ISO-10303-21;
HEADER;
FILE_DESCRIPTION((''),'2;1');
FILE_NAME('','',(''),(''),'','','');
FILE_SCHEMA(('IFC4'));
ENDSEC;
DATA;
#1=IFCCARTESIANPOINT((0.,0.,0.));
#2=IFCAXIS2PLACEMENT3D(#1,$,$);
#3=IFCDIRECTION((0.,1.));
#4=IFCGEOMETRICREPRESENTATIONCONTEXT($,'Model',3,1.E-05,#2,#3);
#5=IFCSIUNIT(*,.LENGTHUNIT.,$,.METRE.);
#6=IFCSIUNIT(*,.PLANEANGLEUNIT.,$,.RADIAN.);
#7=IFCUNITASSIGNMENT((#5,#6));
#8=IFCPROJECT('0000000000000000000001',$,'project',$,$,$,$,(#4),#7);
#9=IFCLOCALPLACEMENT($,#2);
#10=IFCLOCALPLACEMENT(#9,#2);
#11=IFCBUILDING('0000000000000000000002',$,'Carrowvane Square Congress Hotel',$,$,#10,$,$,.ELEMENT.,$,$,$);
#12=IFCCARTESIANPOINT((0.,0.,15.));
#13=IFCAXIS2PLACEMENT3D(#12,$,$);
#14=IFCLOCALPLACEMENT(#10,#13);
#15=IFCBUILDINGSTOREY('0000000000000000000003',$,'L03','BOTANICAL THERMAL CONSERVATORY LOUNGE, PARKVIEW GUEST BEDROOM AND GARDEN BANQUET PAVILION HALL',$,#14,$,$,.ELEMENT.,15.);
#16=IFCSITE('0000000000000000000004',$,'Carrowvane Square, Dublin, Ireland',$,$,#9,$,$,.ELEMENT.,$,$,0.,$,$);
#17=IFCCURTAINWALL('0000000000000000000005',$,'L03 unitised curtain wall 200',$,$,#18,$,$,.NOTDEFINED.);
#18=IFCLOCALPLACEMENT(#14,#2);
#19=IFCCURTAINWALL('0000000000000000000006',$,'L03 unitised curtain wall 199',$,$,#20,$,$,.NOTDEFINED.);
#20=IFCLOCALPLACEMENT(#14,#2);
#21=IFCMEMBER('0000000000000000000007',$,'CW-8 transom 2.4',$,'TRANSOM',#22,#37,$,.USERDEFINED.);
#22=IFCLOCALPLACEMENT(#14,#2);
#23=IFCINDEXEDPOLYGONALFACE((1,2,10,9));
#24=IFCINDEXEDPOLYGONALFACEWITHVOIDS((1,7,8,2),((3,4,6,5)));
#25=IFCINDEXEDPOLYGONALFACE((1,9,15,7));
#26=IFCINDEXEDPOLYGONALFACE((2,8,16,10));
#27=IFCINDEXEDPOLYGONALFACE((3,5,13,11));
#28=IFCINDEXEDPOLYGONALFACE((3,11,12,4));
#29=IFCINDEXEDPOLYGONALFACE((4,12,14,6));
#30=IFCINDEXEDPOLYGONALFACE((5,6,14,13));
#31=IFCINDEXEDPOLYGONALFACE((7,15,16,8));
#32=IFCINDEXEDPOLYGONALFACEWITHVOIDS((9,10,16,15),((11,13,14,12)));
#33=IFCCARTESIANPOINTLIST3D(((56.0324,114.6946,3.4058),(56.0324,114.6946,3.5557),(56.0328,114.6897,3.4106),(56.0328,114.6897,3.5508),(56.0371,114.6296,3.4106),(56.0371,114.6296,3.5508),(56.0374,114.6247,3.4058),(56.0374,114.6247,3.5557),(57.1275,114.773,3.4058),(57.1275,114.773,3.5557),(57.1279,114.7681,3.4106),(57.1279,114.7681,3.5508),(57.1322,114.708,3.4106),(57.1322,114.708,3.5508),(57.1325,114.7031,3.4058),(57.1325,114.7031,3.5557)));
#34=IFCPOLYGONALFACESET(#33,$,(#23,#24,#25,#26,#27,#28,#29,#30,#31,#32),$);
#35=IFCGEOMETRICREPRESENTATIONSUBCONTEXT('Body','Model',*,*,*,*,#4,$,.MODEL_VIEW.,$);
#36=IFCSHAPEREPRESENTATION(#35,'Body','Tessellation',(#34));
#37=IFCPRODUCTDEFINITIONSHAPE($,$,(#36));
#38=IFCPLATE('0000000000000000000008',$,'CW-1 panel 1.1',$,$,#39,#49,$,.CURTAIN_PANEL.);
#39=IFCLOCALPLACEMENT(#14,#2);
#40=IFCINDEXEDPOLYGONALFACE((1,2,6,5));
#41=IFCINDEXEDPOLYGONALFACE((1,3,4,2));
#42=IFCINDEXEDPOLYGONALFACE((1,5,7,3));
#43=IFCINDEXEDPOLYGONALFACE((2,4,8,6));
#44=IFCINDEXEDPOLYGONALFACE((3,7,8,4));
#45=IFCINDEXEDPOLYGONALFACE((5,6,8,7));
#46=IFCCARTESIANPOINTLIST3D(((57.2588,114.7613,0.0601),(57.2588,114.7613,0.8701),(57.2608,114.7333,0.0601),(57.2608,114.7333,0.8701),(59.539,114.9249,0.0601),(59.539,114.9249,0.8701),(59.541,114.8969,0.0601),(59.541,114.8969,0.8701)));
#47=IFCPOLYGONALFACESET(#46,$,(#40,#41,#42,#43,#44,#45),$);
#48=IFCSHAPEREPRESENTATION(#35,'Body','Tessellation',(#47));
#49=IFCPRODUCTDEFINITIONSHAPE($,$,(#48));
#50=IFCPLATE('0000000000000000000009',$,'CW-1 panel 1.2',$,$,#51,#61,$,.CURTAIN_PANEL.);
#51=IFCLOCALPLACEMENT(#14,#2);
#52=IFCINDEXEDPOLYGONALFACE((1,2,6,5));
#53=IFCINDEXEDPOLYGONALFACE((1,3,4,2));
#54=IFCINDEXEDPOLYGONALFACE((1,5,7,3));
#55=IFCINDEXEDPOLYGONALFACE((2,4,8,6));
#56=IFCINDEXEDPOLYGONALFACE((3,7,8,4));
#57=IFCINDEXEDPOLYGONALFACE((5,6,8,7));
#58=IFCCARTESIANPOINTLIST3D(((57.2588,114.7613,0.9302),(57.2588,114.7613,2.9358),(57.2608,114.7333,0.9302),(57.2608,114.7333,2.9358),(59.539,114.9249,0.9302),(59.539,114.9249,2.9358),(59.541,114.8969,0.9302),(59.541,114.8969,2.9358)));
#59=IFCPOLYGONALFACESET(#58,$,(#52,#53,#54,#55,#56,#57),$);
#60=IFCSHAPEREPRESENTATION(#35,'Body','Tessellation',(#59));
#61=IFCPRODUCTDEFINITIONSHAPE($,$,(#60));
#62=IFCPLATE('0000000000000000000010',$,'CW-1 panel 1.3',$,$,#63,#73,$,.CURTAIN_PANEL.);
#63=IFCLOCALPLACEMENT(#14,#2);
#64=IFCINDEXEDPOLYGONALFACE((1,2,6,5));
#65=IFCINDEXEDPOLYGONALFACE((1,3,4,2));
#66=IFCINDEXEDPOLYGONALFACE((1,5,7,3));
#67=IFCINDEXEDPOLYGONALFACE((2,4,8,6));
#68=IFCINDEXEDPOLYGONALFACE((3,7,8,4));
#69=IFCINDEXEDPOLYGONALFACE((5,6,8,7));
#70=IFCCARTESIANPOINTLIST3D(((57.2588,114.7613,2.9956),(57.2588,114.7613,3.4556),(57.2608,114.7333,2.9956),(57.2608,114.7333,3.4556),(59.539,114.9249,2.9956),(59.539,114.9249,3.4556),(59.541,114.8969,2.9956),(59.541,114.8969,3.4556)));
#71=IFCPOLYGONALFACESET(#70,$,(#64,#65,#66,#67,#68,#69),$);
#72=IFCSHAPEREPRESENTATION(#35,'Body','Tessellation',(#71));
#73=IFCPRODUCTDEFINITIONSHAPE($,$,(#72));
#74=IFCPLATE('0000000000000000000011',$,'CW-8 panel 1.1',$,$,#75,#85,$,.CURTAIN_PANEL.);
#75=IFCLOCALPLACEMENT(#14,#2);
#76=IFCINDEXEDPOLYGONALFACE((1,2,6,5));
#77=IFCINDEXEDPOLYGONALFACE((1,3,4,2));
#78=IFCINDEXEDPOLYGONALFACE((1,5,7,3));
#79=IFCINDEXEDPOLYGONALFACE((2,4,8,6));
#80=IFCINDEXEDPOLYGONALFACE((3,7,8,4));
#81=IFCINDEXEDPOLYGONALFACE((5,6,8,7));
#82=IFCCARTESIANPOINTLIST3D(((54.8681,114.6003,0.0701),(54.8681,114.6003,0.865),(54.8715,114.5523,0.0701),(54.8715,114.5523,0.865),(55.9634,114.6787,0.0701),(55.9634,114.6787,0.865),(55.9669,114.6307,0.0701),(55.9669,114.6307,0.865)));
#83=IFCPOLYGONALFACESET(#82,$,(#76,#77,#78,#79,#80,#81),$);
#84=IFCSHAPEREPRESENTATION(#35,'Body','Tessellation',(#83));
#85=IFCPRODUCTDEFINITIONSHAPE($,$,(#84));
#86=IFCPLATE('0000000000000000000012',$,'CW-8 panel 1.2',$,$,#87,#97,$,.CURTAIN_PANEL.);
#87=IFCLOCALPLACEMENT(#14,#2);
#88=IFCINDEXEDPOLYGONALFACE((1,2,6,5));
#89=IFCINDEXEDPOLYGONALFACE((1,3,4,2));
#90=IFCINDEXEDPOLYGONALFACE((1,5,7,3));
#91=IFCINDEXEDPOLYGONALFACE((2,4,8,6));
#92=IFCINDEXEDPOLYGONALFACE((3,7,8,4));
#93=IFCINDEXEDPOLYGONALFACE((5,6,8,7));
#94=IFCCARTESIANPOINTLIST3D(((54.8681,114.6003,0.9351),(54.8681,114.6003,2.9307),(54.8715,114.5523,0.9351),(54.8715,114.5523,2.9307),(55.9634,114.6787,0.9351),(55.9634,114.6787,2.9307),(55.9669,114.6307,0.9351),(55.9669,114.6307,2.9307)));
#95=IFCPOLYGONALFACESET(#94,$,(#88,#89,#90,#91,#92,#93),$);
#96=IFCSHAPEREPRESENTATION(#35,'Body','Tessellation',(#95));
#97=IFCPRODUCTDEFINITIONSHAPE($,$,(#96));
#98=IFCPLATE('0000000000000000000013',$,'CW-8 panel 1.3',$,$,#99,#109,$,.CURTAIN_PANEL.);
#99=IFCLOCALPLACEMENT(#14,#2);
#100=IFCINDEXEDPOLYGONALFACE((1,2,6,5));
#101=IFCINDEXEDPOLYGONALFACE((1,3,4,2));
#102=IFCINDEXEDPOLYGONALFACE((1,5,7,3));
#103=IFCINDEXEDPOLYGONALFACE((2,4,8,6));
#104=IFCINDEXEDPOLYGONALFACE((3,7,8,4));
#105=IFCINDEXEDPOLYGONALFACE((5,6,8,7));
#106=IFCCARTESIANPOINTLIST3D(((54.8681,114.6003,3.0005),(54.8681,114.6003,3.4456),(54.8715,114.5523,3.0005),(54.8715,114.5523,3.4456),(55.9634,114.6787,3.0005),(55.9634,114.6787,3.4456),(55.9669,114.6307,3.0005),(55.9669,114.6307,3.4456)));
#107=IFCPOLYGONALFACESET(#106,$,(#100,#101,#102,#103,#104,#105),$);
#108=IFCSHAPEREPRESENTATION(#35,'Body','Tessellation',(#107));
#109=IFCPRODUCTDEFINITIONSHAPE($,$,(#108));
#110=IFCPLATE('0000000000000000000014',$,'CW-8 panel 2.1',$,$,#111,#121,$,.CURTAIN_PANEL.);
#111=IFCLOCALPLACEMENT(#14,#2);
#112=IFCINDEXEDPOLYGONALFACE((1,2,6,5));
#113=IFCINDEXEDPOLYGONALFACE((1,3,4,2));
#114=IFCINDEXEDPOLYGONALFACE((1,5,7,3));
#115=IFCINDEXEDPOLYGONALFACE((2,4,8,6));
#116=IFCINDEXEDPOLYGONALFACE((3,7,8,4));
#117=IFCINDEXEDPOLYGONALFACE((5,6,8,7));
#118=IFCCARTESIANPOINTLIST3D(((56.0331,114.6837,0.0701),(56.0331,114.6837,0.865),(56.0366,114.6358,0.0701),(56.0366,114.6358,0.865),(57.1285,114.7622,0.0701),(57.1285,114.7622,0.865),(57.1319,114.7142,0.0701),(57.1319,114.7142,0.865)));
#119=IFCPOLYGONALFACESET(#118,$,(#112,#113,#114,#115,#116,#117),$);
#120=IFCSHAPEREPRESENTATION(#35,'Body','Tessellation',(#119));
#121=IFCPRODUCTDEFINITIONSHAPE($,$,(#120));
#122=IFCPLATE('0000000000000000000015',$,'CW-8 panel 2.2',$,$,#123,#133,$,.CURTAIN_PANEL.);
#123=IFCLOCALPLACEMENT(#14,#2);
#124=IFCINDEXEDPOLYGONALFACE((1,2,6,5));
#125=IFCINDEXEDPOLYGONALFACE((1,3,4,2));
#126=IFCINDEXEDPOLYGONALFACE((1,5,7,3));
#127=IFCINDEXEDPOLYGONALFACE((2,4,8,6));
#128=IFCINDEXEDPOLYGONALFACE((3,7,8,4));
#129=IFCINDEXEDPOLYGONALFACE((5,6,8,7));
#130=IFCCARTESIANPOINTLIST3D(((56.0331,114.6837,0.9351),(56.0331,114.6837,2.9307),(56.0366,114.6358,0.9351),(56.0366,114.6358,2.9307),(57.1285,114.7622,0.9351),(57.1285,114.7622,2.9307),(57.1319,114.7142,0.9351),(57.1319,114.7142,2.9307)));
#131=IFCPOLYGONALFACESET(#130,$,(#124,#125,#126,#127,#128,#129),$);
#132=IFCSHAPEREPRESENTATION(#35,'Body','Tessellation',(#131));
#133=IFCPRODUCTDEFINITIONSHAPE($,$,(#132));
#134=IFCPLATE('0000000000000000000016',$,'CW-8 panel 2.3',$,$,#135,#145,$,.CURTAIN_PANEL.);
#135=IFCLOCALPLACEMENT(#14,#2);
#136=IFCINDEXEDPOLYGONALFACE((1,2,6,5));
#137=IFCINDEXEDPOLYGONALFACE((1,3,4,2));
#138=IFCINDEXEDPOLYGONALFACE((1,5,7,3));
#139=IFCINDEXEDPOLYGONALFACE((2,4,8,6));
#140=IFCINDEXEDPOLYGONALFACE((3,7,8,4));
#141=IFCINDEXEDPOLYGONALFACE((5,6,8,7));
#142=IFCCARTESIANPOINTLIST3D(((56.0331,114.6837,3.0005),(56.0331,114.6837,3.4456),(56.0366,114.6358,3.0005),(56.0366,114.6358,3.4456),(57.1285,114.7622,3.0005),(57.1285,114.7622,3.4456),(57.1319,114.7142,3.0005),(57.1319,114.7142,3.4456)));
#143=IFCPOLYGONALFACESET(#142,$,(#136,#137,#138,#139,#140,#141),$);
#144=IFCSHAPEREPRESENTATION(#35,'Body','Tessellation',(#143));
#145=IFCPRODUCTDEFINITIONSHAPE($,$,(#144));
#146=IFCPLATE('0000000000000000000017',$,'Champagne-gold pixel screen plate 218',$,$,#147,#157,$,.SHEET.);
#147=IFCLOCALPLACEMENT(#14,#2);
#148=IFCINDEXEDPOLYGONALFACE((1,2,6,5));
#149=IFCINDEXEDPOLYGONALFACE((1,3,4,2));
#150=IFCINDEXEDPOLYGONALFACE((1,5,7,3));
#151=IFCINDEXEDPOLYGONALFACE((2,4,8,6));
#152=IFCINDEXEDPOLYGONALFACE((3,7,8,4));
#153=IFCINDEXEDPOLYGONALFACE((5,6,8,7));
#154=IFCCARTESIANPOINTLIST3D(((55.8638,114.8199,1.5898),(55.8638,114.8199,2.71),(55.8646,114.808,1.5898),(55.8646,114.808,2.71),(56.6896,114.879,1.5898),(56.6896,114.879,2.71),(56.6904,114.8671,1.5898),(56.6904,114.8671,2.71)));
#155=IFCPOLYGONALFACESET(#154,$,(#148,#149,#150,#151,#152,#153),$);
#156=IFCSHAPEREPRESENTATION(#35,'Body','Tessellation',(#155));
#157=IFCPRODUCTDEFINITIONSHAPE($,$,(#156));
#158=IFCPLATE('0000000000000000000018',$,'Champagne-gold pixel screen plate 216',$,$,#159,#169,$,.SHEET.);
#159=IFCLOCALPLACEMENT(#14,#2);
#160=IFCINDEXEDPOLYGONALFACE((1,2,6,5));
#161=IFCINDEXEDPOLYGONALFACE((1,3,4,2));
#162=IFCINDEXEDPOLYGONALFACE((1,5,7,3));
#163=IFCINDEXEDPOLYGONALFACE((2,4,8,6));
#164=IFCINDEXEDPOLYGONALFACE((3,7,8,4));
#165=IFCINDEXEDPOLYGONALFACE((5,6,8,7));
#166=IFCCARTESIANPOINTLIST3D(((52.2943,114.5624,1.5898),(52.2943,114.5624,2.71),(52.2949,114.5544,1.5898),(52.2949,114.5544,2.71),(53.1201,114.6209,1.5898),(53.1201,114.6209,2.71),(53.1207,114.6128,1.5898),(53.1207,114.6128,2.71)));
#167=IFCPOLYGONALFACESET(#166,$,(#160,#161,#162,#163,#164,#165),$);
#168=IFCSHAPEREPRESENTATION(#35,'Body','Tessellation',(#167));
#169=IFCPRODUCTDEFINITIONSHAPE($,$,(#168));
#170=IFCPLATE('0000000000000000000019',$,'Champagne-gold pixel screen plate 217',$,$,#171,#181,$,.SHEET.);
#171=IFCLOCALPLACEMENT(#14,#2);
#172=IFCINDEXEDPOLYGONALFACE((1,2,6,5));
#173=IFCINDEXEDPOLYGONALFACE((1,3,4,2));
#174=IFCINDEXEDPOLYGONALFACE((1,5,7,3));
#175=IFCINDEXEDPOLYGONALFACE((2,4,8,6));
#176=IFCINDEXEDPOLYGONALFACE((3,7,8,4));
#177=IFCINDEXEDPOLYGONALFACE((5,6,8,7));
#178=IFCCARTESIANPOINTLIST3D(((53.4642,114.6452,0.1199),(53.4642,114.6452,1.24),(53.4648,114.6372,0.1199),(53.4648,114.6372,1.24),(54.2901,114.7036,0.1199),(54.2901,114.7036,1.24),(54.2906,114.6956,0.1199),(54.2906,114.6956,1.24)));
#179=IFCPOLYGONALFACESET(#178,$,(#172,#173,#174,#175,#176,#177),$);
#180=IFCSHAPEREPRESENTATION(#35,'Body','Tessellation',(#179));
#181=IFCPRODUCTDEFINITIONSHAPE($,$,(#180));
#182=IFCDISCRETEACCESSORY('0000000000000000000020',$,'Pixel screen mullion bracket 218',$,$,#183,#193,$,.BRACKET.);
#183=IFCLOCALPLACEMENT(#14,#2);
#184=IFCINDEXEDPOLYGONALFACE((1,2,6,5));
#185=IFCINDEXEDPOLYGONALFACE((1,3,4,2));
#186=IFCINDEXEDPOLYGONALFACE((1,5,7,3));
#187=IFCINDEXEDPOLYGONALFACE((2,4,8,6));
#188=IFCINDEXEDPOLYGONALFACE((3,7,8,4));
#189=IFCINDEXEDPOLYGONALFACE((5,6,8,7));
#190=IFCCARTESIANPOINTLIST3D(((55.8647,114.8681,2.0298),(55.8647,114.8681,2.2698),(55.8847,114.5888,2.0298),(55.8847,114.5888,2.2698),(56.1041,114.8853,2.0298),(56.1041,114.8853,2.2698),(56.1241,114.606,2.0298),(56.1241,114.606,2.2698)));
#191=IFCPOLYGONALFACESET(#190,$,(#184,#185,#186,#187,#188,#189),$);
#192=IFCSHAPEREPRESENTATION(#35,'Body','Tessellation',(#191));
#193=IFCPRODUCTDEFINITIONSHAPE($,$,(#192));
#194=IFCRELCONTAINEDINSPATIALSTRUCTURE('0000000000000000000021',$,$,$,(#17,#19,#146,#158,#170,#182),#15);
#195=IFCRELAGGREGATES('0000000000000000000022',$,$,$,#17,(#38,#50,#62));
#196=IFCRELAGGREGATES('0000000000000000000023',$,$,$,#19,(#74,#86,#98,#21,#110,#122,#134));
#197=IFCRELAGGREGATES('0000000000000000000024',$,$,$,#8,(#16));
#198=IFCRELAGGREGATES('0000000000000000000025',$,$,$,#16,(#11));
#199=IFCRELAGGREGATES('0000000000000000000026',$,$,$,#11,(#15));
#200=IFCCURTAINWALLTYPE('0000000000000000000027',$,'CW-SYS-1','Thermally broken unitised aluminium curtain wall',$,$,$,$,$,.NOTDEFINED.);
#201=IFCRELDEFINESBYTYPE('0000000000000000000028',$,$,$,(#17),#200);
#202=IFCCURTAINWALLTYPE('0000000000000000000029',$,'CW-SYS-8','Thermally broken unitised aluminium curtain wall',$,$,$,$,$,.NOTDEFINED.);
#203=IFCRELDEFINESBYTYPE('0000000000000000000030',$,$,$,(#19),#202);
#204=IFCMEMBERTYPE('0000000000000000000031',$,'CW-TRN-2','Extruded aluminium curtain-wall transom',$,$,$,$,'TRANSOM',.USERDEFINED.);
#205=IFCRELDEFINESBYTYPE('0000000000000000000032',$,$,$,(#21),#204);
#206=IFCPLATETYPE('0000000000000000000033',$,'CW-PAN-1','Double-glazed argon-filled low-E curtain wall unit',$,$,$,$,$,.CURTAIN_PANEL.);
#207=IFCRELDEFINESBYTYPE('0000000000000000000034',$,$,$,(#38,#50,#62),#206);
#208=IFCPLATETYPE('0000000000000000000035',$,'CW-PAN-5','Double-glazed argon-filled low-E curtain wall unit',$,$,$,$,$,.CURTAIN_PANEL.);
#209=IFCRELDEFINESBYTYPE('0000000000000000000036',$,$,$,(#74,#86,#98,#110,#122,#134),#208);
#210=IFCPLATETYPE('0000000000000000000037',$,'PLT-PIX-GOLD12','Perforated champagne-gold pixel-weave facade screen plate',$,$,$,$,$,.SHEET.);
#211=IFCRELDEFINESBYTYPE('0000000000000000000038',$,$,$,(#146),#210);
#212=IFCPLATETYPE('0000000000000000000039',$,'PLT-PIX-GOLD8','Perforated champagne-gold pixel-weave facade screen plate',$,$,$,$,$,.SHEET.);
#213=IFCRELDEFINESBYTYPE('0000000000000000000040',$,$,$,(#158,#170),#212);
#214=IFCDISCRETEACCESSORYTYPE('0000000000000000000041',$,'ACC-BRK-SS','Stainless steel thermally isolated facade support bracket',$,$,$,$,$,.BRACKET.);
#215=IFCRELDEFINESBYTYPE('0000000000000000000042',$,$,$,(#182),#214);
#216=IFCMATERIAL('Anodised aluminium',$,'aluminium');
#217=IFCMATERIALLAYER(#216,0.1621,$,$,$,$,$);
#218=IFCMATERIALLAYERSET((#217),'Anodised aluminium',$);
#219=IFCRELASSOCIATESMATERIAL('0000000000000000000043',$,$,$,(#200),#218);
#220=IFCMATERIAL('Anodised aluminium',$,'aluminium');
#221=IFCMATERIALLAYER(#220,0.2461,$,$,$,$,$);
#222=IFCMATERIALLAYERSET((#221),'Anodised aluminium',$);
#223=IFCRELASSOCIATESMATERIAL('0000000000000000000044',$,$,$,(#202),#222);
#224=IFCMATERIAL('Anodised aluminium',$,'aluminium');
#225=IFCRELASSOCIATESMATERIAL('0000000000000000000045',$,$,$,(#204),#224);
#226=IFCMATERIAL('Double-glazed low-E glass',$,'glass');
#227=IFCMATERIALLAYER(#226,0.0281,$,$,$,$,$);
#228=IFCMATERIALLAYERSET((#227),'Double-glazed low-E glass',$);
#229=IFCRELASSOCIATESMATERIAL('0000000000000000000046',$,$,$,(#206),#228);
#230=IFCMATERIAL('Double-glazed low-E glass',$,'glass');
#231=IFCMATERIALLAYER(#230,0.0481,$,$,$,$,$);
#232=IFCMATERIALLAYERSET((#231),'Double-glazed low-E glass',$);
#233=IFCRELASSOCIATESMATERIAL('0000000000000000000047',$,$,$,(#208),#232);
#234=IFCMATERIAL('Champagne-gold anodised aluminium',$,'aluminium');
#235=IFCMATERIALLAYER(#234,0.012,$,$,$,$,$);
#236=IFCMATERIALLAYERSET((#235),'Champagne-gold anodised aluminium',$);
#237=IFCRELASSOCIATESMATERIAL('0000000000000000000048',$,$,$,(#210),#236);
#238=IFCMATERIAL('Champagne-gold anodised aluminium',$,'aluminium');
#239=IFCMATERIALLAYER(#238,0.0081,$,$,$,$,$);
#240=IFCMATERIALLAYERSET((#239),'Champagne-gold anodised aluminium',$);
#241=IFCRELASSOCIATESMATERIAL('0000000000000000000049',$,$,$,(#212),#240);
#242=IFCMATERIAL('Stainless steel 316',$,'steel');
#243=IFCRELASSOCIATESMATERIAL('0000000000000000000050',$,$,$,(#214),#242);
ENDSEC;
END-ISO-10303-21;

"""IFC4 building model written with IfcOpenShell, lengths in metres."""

from ifc_helpers import new_model, si_unit, direction, frame, origin, origin_2d, place, context, subcontext, project, spatial, rectangle, hollow_rectangle, extrude, material, layer, layer_set, material_profile, profile_set, type_object, element, aggregate, save


model = new_model("IFC4")

# Units and contexts
model_context = context("Model", 3, precision=1e-05, world=origin(), true_north=direction((0.0, 1.0)))
body_context = subcontext(model_context, "Body", "Model", "MODEL_VIEW")
ifc_project = project(units=[si_unit("LENGTHUNIT", "METRE"), si_unit("PLANEANGLEUNIT", "RADIAN")], contexts=[model_context])

# Site, building, storey
site_placement = place(None, origin())
site = spatial("IfcSite", under=ifc_project, at=site_placement, Name="Carrowvane Square, Dublin, Ireland", CompositionType="ELEMENT", RefElevation=0.0)
building_placement = place(site_placement, origin())
building = spatial("IfcBuilding", under=site, at=building_placement, Name="Carrowvane Square Congress Hotel", CompositionType="ELEMENT")
storey_placement = place(building_placement, frame((0.0, 0.0, 15.0)))
storey = spatial("IfcBuildingStorey", under=building, at=storey_placement, Name="L03", Description="BOTANICAL THERMAL CONSERVATORY LOUNGE, PARKVIEW GUEST BEDROOM AND GARDEN BANQUET PAVILION HALL", CompositionType="ELEMENT", Elevation=15.0)

# Curtain wall
ifc_material_1 = material(Name="Anodised aluminium", Category="aluminium")
ifc_layer_1 = layer(ifc_material_1, 0.1621)
ifc_layer_set_1 = layer_set([ifc_layer_1], Name="Anodised aluminium")
curtain_wall_type_1 = type_object("IfcCurtainWallType", Name="CW-SYS-1", Description="Thermally broken unitised aluminium curtain wall", PredefinedType="NOTDEFINED", material=ifc_layer_set_1)
curtain_wall_1_placement = place(storey_placement, origin())
curtain_wall_1 = element("IfcCurtainWall", 1, at=curtain_wall_1_placement, inside=storey, type_object=curtain_wall_type_1, Name="L03 unitised curtain wall 200", PredefinedType="NOTDEFINED")

# Curtain wall
ifc_material_2 = material(Name="Anodised aluminium", Category="aluminium")
ifc_layer_2 = layer(ifc_material_2, 0.2461)
ifc_layer_set_2 = layer_set([ifc_layer_2], Name="Anodised aluminium")
curtain_wall_type_2 = type_object("IfcCurtainWallType", Name="CW-SYS-8", Description="Thermally broken unitised aluminium curtain wall", PredefinedType="NOTDEFINED", material=ifc_layer_set_2)
curtain_wall_2_placement = place(storey_placement, origin())
curtain_wall_2 = element("IfcCurtainWall", 2, at=curtain_wall_2_placement, inside=storey, type_object=curtain_wall_type_2, Name="L03 unitised curtain wall 199", PredefinedType="NOTDEFINED")

# Member
ifc_material_3 = material(Name="Anodised aluminium", Category="aluminium")
ifc_material_profile_1 = material_profile(ifc_material_3, hollow_rectangle(XDim=0.0701, YDim=0.1499, WallThickness=0.0049, at=origin_2d()), Name="CW-TR 70x150x5")
ifc_profile_set_1 = profile_set([ifc_material_profile_1], Name="Anodised aluminium")
member_type_1 = type_object("IfcMemberType", Name="CW-TRN-2", Description="Extruded aluminium curtain-wall transom", ElementType="TRANSOM", PredefinedType="USERDEFINED", material=ifc_profile_set_1)
member_1_placement = place(storey_placement, frame((56.0349, 114.6597, 3.4807), z_axis=(0.99745, 0.071373, 0.0), x_axis=(-0.071373, 0.99745, 0.0)))
member_1 = element("IfcMember", 3, at=member_1_placement, type_object=member_type_1, Name="CW-8 transom 2.4", ObjectType="TRANSOM", PredefinedType="USERDEFINED", context=body_context, shape_type="SweptSolid", body=[
    extrude(hollow_rectangle(XDim=0.0701, YDim=0.1499, WallThickness=0.0049, at=origin_2d()), origin(), (0.0, 0.0, 1.0), 1.0979),
])

# Plates
ifc_material_4 = material(Name="Double-glazed low-E glass", Category="glass")
ifc_layer_3 = layer(ifc_material_4, 0.0281)
ifc_layer_set_3 = layer_set([ifc_layer_3], Name="Double-glazed low-E glass")
plate_type_1 = type_object("IfcPlateType", Name="CW-PAN-1", Description="Double-glazed argon-filled low-E curtain wall unit", PredefinedType="CURTAIN_PANEL", material=ifc_layer_set_3)
plate_1_placement = place(storey_placement, frame((58.3999, 114.8291, 0.0601), z_axis=(0.0, 0.0, 1.0), x_axis=(0.997438, 0.071532, 0.0)))
plate_1 = element("IfcPlate", 4, at=plate_1_placement, type_object=plate_type_1, Name="CW-1 panel 1.1", PredefinedType="CURTAIN_PANEL", context=body_context, shape_type="SweptSolid", body=[
    extrude(rectangle(XDim=2.2861, YDim=0.0281, at=origin_2d()), origin(), (0.0, 0.0, 1.0), 0.8101),
])
plate_2_placement = place(storey_placement, frame((58.3999, 114.8291, 0.9302), z_axis=(0.0, 0.0, 1.0), x_axis=(0.997438, 0.071532, 0.0)))
plate_2 = element("IfcPlate", 5, at=plate_2_placement, type_object=plate_type_1, Name="CW-1 panel 1.2", PredefinedType="CURTAIN_PANEL", context=body_context, shape_type="SweptSolid", body=[
    extrude(rectangle(XDim=2.2861, YDim=0.0281, at=origin_2d()), origin(), (0.0, 0.0, 1.0), 2.0056),
])
plate_3_placement = place(storey_placement, frame((58.3999, 114.8291, 2.9956), z_axis=(0.0, 0.0, 1.0), x_axis=(0.997438, 0.071532, 0.0)))
plate_3 = element("IfcPlate", 6, at=plate_3_placement, type_object=plate_type_1, Name="CW-1 panel 1.3", PredefinedType="CURTAIN_PANEL", context=body_context, shape_type="SweptSolid", body=[
    extrude(rectangle(XDim=2.2861, YDim=0.0281, at=origin_2d()), origin(), (0.0, 0.0, 1.0), 0.46),
])
aggregate(curtain_wall_1, [plate_1, plate_2, plate_3])
ifc_material_5 = material(Name="Double-glazed low-E glass", Category="glass")
ifc_layer_4 = layer(ifc_material_5, 0.0481)
ifc_layer_set_4 = layer_set([ifc_layer_4], Name="Double-glazed low-E glass")
plate_type_2 = type_object("IfcPlateType", Name="CW-PAN-5", Description="Double-glazed argon-filled low-E curtain wall unit", PredefinedType="CURTAIN_PANEL", material=ifc_layer_set_4)
plate_4_placement = place(storey_placement, frame((55.4175, 114.6155, 0.0701), z_axis=(0.0, 0.0, 1.0), x_axis=(0.997446, 0.071418, 0.0)))
plate_4 = element("IfcPlate", 7, at=plate_4_placement, type_object=plate_type_2, Name="CW-8 panel 1.1", PredefinedType="CURTAIN_PANEL", context=body_context, shape_type="SweptSolid", body=[
    extrude(rectangle(XDim=1.0981, YDim=0.0481, at=origin_2d()), origin(), (0.0, 0.0, 1.0), 0.7949),
])
plate_5_placement = place(storey_placement, frame((55.4175, 114.6155, 0.9351), z_axis=(0.0, 0.0, 1.0), x_axis=(0.997446, 0.071418, 0.0)))
plate_5 = element("IfcPlate", 8, at=plate_5_placement, type_object=plate_type_2, Name="CW-8 panel 1.2", PredefinedType="CURTAIN_PANEL", context=body_context, shape_type="SweptSolid", body=[
    extrude(rectangle(XDim=1.0981, YDim=0.0481, at=origin_2d()), origin(), (0.0, 0.0, 1.0), 1.9956),
])
plate_6_placement = place(storey_placement, frame((55.4175, 114.6155, 3.0005), z_axis=(0.0, 0.0, 1.0), x_axis=(0.997446, 0.071418, 0.0)))
plate_6 = element("IfcPlate", 9, at=plate_6_placement, type_object=plate_type_2, Name="CW-8 panel 1.3", PredefinedType="CURTAIN_PANEL", context=body_context, shape_type="SweptSolid", body=[
    extrude(rectangle(XDim=1.0981, YDim=0.0481, at=origin_2d()), origin(), (0.0, 0.0, 1.0), 0.4451),
])
plate_7_placement = place(storey_placement, frame((56.5825, 114.699, 0.0701), z_axis=(0.0, 0.0, 1.0), x_axis=(0.997446, 0.071418, 0.0)))
plate_7 = element("IfcPlate", 10, at=plate_7_placement, type_object=plate_type_2, Name="CW-8 panel 2.1", PredefinedType="CURTAIN_PANEL", context=body_context, shape_type="SweptSolid", body=[
    extrude(rectangle(XDim=1.0981, YDim=0.0481, at=origin_2d()), origin(), (0.0, 0.0, 1.0), 0.7949),
])
plate_8_placement = place(storey_placement, frame((56.5825, 114.699, 0.9351), z_axis=(0.0, 0.0, 1.0), x_axis=(0.997446, 0.071418, 0.0)))
plate_8 = element("IfcPlate", 11, at=plate_8_placement, type_object=plate_type_2, Name="CW-8 panel 2.2", PredefinedType="CURTAIN_PANEL", context=body_context, shape_type="SweptSolid", body=[
    extrude(rectangle(XDim=1.0981, YDim=0.0481, at=origin_2d()), origin(), (0.0, 0.0, 1.0), 1.9956),
])
plate_9_placement = place(storey_placement, frame((56.5825, 114.699, 3.0005), z_axis=(0.0, 0.0, 1.0), x_axis=(0.997446, 0.071418, 0.0)))
plate_9 = element("IfcPlate", 12, at=plate_9_placement, type_object=plate_type_2, Name="CW-8 panel 2.3", PredefinedType="CURTAIN_PANEL", context=body_context, shape_type="SweptSolid", body=[
    extrude(rectangle(XDim=1.0981, YDim=0.0481, at=origin_2d()), origin(), (0.0, 0.0, 1.0), 0.4451),
])
aggregate(curtain_wall_2, [plate_4, plate_5, plate_6, member_1, plate_7, plate_8, plate_9])

# Plates
ifc_material_6 = material(Name="Champagne-gold anodised aluminium", Category="aluminium")
ifc_layer_5 = layer(ifc_material_6, 0.012)
ifc_layer_set_5 = layer_set([ifc_layer_5], Name="Champagne-gold anodised aluminium")
plate_type_3 = type_object("IfcPlateType", Name="PLT-PIX-GOLD12", Description="Perforated champagne-gold pixel-weave facade screen plate", PredefinedType="SHEET", material=ifc_layer_set_5)
plate_10_placement = place(storey_placement, frame((56.2771, 114.8435, 1.5898), z_axis=(0.0, 0.0, 1.0), x_axis=(0.997446, 0.07142, 0.0)))
element("IfcPlate", 13, at=plate_10_placement, inside=storey, type_object=plate_type_3, Name="Champagne-gold pixel screen plate 218", PredefinedType="SHEET", context=body_context, shape_type="SweptSolid", body=[
    extrude(rectangle(XDim=0.8279, YDim=0.012, at=origin_2d()), origin(), (0.0, 0.0, 1.0), 1.1201),
])
ifc_material_7 = material(Name="Champagne-gold anodised aluminium", Category="aluminium")
ifc_layer_6 = layer(ifc_material_7, 0.0081)
ifc_layer_set_6 = layer_set([ifc_layer_6], Name="Champagne-gold anodised aluminium")
plate_type_4 = type_object("IfcPlateType", Name="PLT-PIX-GOLD8", Description="Perforated champagne-gold pixel-weave facade screen plate", PredefinedType="SHEET", material=ifc_layer_set_6)
for number, where, z_axis, x_axis, name in (
    (14, (52.7075, 114.5876, 1.5898), (0.0, 0.0, 1.0), (0.997506, 0.070585, 0.0), "Champagne-gold pixel screen plate 216"),
    (15, (53.8774, 114.6704, 0.1199), (0.0, 0.0, 1.0), (0.997506, 0.070585, 0.0), "Champagne-gold pixel screen plate 217"),
):
    element("IfcPlate", number, at=place(storey_placement, frame(where, z_axis=z_axis, x_axis=x_axis)), inside=storey, type_object=plate_type_4, Name=name, PredefinedType="SHEET", context=body_context, shape_type="SweptSolid", body=[
        extrude(rectangle(XDim=0.8279, YDim=0.0081, at=origin_2d()), origin(), (0.0, 0.0, 1.0), 1.1201),
    ])

# Discrete accessory
ifc_material_8 = material(Name="Stainless steel 316", Category="steel")
discrete_accessory_type = type_object("IfcDiscreteAccessoryType", Name="ACC-BRK-SS", Description="Stainless steel thermally isolated facade support bracket", PredefinedType="BRACKET", material=ifc_material_8)
discrete_accessory_placement = place(storey_placement, frame((55.9944, 114.7371, 2.0298), z_axis=(0.0, 0.0, 1.0), x_axis=(0.997446, 0.07142, 0.0)))
element("IfcDiscreteAccessory", 16, at=discrete_accessory_placement, inside=storey, type_object=discrete_accessory_type, Name="Pixel screen mullion bracket 218", PredefinedType="BRACKET", context=body_context, shape_type="SweptSolid", body=[
    extrude(rectangle(XDim=0.24, YDim=0.28, at=origin_2d()), origin(), (0.0, 0.0, 1.0), 0.24),
])

save(model, "model.ifc")
